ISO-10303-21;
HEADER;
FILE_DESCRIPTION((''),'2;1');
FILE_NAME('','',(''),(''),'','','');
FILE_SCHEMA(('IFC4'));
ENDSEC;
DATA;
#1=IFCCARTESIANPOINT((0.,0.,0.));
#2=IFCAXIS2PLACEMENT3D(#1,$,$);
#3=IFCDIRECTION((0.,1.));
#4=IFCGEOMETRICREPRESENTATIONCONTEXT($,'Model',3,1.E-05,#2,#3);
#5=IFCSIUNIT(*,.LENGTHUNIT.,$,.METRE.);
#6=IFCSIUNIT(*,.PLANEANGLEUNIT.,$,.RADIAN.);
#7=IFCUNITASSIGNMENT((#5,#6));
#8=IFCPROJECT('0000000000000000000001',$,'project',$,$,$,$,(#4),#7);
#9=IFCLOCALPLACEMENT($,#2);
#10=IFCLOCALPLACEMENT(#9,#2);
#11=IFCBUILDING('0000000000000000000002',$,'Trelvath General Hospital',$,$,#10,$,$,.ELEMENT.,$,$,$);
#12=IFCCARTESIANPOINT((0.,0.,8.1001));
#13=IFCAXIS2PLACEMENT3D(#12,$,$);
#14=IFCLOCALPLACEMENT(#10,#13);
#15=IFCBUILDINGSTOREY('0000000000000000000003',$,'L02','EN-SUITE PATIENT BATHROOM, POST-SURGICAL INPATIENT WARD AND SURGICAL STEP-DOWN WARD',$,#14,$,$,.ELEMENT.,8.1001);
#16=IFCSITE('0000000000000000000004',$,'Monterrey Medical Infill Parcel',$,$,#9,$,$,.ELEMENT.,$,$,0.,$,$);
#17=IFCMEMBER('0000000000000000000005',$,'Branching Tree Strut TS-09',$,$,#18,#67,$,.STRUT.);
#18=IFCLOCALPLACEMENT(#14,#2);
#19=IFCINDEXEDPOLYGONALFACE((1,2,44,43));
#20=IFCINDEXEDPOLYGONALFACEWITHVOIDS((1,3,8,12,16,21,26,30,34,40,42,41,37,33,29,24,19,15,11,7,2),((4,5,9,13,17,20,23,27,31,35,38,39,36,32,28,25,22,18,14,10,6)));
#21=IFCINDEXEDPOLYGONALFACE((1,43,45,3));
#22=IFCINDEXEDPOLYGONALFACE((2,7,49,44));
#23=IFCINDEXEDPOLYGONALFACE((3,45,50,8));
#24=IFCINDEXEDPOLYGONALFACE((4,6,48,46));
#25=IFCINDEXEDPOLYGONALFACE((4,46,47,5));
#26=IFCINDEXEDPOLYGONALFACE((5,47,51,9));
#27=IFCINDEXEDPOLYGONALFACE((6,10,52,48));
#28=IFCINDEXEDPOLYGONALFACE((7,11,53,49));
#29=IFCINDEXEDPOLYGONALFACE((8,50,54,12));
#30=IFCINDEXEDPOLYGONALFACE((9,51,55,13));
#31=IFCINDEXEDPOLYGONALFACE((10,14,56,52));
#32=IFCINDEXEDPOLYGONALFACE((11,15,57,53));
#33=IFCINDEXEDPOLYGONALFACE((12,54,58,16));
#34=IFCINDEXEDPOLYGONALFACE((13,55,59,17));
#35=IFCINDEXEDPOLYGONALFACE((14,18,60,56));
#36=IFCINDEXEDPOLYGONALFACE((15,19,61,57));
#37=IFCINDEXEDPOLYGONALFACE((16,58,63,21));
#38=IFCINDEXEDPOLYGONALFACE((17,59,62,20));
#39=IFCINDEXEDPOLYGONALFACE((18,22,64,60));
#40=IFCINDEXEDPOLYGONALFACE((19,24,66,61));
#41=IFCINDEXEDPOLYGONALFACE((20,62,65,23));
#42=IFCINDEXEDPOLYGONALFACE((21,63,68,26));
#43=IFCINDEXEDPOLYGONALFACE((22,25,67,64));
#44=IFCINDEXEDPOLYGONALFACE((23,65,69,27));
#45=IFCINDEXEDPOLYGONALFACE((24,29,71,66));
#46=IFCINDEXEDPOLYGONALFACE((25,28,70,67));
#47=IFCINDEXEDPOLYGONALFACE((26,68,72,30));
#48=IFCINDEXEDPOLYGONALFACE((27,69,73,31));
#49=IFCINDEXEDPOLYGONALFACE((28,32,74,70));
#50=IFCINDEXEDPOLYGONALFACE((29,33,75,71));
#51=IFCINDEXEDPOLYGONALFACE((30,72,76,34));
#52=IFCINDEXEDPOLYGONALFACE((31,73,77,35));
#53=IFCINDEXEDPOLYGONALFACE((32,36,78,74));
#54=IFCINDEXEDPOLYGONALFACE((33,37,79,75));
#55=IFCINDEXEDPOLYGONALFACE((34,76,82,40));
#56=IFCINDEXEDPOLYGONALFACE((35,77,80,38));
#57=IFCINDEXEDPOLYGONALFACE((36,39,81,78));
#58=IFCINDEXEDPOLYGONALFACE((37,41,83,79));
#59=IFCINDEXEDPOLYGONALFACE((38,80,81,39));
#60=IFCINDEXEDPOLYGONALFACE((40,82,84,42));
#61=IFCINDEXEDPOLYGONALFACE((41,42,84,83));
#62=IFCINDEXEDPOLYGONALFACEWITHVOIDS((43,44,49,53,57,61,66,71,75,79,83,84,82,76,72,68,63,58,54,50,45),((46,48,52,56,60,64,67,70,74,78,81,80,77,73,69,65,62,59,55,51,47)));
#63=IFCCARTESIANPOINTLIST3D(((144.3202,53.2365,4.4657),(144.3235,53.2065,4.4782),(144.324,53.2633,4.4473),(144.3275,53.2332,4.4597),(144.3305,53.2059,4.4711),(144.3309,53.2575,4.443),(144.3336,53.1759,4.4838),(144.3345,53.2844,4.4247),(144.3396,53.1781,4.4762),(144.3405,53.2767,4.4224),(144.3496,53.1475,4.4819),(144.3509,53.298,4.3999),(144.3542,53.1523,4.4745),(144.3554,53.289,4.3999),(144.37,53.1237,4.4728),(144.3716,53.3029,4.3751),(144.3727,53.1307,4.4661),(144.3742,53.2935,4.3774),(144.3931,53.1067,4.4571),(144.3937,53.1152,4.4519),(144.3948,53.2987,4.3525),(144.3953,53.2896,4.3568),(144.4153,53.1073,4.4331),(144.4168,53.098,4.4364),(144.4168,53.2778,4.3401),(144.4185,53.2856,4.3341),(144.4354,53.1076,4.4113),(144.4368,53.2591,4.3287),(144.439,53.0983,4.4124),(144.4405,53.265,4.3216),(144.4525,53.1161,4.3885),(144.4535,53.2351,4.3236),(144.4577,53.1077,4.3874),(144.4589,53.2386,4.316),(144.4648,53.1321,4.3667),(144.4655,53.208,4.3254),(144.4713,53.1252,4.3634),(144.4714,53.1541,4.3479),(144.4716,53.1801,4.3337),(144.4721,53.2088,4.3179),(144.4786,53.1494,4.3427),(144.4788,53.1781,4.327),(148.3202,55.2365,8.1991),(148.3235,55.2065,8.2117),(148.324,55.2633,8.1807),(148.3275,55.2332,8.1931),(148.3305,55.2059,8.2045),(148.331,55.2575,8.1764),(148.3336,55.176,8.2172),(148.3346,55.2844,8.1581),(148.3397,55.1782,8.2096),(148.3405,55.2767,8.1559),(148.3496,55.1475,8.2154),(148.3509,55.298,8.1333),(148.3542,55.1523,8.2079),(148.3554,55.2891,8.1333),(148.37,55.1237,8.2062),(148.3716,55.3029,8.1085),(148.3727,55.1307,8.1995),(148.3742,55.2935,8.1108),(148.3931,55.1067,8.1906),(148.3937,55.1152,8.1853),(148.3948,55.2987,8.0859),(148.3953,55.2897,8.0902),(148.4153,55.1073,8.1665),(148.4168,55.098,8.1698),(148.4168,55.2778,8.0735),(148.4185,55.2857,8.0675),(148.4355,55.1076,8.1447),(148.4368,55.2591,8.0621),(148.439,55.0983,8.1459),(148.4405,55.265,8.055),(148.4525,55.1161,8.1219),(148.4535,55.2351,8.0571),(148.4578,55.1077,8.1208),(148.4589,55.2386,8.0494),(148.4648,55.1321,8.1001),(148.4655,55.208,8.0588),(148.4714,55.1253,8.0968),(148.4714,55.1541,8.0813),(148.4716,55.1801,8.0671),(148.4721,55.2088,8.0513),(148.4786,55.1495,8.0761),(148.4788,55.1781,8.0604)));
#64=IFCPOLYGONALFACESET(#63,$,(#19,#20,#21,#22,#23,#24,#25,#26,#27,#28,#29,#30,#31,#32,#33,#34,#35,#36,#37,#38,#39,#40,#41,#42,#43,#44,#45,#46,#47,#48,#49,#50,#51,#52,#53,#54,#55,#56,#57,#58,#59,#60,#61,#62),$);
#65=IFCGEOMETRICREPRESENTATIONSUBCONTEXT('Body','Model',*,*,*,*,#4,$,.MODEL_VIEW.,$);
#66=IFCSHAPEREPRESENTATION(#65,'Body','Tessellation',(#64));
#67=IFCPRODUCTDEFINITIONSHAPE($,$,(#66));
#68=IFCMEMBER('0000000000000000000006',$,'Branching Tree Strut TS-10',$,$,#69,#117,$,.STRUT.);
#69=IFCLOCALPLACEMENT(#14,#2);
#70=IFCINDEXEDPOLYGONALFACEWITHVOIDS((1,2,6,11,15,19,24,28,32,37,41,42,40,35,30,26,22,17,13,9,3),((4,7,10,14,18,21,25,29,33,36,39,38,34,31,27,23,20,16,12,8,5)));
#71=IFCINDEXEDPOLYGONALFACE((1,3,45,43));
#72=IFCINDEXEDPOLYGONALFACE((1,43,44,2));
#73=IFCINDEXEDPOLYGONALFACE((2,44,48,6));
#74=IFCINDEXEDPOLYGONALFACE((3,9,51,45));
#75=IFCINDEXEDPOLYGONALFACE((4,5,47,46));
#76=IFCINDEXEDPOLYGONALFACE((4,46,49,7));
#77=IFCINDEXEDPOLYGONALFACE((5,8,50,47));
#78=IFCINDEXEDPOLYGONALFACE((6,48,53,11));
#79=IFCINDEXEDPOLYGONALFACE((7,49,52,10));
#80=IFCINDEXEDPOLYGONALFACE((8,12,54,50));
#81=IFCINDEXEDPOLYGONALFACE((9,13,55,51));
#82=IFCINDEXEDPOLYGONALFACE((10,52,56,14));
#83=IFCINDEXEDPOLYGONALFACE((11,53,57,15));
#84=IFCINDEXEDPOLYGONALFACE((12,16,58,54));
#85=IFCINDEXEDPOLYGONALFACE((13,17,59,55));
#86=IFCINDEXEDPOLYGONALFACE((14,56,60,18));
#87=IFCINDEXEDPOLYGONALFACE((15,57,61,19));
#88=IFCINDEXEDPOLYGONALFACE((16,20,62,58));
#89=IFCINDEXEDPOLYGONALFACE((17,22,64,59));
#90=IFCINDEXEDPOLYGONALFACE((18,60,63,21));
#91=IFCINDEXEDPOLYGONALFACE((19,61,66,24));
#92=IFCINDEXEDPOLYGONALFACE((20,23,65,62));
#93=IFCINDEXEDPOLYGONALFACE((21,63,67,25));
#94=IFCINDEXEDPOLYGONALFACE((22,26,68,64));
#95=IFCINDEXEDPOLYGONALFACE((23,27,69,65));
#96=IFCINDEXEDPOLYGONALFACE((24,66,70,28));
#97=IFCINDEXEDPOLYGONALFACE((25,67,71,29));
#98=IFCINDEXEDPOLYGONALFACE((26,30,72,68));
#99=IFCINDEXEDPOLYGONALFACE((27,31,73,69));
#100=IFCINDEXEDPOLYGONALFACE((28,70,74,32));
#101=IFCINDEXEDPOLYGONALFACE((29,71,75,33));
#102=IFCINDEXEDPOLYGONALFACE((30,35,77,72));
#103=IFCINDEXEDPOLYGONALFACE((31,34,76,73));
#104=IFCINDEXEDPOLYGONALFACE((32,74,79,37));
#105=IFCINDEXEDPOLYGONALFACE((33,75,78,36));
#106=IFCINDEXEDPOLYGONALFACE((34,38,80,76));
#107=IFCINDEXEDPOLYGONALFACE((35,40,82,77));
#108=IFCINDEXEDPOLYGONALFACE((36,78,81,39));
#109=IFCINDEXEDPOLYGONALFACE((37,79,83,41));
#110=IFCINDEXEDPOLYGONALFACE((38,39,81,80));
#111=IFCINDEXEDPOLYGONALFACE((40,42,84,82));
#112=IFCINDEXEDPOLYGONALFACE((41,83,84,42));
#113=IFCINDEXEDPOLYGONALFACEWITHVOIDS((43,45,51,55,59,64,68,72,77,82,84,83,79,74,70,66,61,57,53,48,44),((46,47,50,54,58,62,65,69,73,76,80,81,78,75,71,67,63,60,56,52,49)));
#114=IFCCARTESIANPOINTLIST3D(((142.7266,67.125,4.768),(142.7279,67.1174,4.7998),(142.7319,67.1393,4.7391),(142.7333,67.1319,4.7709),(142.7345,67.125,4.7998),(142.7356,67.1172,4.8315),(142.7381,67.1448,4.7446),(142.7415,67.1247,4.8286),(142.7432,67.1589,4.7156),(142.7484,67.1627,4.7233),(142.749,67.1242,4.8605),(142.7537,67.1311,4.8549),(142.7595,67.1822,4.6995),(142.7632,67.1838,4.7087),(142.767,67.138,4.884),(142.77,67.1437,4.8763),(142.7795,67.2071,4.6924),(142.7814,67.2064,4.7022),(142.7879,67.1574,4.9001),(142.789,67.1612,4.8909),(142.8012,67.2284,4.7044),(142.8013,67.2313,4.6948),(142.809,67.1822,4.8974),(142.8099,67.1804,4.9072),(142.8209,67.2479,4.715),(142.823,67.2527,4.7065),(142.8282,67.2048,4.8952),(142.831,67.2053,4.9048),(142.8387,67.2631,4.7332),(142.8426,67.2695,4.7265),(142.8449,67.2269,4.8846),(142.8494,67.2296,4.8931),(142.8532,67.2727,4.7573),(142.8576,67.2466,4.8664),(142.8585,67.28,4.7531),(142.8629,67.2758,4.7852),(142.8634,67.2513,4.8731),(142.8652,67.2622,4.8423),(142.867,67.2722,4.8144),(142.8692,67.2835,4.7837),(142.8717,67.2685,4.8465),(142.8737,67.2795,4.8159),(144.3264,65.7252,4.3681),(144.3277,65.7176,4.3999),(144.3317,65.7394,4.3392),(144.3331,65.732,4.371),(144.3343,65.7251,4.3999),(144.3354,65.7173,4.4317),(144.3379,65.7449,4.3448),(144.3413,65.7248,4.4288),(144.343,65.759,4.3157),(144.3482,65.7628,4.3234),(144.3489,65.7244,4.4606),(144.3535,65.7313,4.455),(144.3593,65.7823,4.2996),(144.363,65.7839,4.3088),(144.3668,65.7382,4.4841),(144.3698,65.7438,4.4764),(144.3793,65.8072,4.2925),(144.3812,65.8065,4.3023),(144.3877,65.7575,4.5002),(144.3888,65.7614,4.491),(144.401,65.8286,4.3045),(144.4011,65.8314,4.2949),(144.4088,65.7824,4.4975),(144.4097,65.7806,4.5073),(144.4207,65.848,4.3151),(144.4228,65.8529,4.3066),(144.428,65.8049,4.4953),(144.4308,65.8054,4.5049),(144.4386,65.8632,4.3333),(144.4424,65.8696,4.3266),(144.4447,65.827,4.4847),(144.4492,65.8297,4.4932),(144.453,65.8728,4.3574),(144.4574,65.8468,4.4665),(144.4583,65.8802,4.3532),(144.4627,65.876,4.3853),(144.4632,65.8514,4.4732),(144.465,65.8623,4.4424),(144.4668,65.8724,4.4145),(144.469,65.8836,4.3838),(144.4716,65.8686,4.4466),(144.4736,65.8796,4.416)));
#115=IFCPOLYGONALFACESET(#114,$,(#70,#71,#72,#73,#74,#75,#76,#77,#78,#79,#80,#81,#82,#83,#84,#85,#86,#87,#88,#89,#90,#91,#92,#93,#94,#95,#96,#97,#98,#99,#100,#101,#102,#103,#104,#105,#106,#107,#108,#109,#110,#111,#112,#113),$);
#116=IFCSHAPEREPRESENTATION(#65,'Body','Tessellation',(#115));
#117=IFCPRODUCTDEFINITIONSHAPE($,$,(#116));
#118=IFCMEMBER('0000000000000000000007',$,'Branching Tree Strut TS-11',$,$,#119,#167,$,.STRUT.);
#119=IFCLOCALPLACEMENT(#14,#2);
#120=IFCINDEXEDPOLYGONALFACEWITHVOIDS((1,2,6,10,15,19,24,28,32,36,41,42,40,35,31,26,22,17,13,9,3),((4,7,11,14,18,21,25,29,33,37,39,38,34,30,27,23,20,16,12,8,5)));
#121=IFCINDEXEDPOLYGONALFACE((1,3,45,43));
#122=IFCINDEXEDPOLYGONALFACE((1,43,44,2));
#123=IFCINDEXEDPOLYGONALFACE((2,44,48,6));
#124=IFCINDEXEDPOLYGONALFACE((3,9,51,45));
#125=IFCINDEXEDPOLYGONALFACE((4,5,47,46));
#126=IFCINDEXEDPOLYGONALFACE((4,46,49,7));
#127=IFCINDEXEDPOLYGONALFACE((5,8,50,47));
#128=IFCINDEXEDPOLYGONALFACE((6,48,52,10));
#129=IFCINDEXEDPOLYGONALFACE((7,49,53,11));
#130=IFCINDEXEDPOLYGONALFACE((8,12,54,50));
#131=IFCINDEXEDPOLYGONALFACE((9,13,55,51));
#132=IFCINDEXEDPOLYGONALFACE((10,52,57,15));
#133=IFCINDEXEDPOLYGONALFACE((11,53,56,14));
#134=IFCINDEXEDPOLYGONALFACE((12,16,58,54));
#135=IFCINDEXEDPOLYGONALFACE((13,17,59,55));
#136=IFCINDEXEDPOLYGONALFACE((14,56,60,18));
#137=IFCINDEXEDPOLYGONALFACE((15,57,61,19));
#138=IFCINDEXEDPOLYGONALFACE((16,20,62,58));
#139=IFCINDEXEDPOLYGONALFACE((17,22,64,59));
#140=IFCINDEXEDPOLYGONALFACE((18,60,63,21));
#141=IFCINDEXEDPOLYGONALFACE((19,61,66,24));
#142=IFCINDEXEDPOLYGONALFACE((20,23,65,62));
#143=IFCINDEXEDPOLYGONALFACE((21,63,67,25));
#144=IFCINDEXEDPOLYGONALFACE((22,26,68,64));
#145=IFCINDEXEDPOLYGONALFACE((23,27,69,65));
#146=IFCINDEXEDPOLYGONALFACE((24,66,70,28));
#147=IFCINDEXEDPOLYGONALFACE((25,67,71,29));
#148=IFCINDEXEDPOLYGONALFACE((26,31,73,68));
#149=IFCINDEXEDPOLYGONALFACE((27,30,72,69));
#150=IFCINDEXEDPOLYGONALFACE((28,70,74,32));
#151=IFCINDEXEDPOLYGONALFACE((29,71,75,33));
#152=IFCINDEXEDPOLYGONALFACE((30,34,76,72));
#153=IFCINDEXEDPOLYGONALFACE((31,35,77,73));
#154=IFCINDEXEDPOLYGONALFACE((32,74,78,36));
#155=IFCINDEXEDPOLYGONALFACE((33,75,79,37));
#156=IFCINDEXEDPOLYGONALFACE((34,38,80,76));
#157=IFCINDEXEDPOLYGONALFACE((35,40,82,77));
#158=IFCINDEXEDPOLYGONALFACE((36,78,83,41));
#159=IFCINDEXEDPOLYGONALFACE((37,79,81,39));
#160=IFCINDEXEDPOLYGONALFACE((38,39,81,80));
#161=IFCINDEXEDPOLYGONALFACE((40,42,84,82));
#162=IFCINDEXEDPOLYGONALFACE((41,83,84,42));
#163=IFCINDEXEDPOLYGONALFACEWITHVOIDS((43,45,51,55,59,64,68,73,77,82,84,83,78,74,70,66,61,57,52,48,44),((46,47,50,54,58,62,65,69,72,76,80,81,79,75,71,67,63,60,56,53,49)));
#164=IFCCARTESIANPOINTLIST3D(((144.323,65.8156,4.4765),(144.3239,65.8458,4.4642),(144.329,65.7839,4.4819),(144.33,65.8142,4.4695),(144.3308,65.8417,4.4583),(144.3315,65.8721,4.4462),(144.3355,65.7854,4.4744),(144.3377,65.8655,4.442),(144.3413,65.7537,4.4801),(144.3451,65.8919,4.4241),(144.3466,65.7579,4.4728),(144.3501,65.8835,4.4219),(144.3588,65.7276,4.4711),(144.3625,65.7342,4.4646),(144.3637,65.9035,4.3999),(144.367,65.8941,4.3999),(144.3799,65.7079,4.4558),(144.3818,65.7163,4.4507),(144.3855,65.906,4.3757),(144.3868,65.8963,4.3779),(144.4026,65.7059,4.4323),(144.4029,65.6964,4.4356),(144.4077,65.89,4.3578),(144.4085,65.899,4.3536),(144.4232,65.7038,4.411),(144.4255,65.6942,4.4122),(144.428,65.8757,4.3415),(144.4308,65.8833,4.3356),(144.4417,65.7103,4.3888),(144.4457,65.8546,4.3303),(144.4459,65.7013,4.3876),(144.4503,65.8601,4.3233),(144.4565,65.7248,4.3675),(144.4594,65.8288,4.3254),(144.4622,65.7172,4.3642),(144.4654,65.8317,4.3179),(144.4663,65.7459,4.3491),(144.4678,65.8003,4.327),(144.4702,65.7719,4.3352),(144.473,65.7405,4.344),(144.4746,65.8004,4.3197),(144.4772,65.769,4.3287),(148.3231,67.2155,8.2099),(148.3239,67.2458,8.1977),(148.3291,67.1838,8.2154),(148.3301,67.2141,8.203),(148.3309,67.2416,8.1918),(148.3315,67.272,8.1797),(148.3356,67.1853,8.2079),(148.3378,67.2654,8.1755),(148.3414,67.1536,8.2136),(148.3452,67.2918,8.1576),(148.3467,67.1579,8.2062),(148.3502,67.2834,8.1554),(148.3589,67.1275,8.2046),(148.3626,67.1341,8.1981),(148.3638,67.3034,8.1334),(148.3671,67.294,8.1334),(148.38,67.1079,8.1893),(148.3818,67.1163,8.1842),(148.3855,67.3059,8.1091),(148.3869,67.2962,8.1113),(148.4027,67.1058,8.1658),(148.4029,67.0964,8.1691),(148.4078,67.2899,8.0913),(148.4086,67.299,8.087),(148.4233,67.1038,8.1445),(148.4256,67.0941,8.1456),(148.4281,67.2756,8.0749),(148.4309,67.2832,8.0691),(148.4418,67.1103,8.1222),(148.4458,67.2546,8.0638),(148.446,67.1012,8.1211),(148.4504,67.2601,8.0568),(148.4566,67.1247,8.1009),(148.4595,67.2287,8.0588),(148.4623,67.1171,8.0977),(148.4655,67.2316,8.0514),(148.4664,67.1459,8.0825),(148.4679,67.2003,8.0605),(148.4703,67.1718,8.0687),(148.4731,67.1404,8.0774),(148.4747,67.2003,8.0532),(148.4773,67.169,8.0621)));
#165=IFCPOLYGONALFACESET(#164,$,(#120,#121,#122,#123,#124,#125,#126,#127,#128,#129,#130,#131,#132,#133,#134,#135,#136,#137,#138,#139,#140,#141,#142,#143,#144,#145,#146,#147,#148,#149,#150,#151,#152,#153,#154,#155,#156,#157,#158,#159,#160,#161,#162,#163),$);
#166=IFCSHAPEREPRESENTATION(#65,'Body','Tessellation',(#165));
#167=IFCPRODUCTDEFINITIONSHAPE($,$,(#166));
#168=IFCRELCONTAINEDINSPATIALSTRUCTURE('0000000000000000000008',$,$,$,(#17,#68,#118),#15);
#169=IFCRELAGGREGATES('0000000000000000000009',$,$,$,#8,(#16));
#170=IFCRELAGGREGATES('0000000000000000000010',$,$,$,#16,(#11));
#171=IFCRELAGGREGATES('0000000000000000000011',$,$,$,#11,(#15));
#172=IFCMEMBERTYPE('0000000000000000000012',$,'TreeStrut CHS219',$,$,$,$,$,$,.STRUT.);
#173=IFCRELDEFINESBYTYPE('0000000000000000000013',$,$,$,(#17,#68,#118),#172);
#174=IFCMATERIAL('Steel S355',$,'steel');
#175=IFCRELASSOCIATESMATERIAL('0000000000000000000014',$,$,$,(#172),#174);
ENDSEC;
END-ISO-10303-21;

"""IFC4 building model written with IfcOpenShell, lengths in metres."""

from ifc_helpers import new_model, si_unit, direction, frame, origin, origin_2d, place, context, subcontext, project, spatial, hollow_circle, extrude, material, material_profile, profile_set, type_object, element, save


model = new_model("IFC4")

# Units and contexts
model_context = context("Model", 3, precision=1e-05, world=origin(), true_north=direction((0.0, 1.0)))
body_context = subcontext(model_context, "Body", "Model", "MODEL_VIEW")
ifc_project = project(units=[si_unit("LENGTHUNIT", "METRE"), si_unit("PLANEANGLEUNIT", "RADIAN")], contexts=[model_context])

# Site, building, storey
site_placement = place(None, origin())
site = spatial("IfcSite", under=ifc_project, at=site_placement, Name="Monterrey Medical Infill Parcel", CompositionType="ELEMENT", RefElevation=0.0)
building_placement = place(site_placement, origin())
building = spatial("IfcBuilding", under=site, at=building_placement, Name="Trelvath General Hospital", CompositionType="ELEMENT")
storey_placement = place(building_placement, frame((0.0, 0.0, 8.1001)))
storey = spatial("IfcBuildingStorey", under=building, at=storey_placement, Name="L02", Description="EN-SUITE PATIENT BATHROOM, POST-SURGICAL INPATIENT WARD AND SURGICAL STEP-DOWN WARD", CompositionType="ELEMENT", Elevation=8.1001)

# Members
ifc_material_1 = material(Name="Steel S355", Category="steel")
ifc_material_profile_1 = material_profile(ifc_material_1, hollow_circle(Radius=0.1096, WallThickness=0.01, at=origin_2d()), Name="CHS219.1x10.0")
ifc_profile_set_1 = profile_set([ifc_material_profile_1], Name="Steel S355")
member_type_1 = type_object("IfcMemberType", Name="TreeStrut CHS219", PredefinedType="STRUT", material=ifc_profile_set_1)
member_1_placement = place(storey_placement, frame((144.3999, 53.2, 4.3999), z_axis=(0.686618, 0.343309, 0.640855), x_axis=(-0.447214, 0.894427, 0.0)))
element("IfcMember", 1, at=member_1_placement, inside=storey, type_object=member_type_1, Name="Branching Tree Strut TS-09", PredefinedType="STRUT", context=body_context, shape_type="SweptSolid", body=[
    extrude(hollow_circle(Radius=0.1096, WallThickness=0.01, at=origin_2d()), origin(), (0.0, 0.0, 1.0), 5.8257),
])
member_2_placement = place(storey_placement, frame((144.3999, 65.8, 4.3999), z_axis=(-0.739597, 0.647162, 0.184871), x_axis=(-0.658513, -0.75257, 0.0)))
element("IfcMember", 2, at=member_2_placement, inside=storey, type_object=member_type_1, Name="Branching Tree Strut TS-10", PredefinedType="STRUT", context=body_context, shape_type="SweptSolid", body=[
    extrude(hollow_circle(Radius=0.1096, WallThickness=0.01, at=origin_2d()), origin(), (0.0, 0.0, 1.0), 2.1631),
])
member_3_placement = place(storey_placement, frame((144.3999, 65.8, 4.3999), z_axis=(0.708237, 0.247865, 0.661032), x_axis=(-0.33033, 0.943866, 0.0)))
element("IfcMember", 3, at=member_3_placement, inside=storey, type_object=member_type_1, Name="Branching Tree Strut TS-11", PredefinedType="STRUT", context=body_context, shape_type="SweptSolid", body=[
    extrude(hollow_circle(Radius=0.1096, WallThickness=0.01, at=origin_2d()), origin(), (0.0, 0.0, 1.0), 5.6479),
])

save(model, "model.ifc")
